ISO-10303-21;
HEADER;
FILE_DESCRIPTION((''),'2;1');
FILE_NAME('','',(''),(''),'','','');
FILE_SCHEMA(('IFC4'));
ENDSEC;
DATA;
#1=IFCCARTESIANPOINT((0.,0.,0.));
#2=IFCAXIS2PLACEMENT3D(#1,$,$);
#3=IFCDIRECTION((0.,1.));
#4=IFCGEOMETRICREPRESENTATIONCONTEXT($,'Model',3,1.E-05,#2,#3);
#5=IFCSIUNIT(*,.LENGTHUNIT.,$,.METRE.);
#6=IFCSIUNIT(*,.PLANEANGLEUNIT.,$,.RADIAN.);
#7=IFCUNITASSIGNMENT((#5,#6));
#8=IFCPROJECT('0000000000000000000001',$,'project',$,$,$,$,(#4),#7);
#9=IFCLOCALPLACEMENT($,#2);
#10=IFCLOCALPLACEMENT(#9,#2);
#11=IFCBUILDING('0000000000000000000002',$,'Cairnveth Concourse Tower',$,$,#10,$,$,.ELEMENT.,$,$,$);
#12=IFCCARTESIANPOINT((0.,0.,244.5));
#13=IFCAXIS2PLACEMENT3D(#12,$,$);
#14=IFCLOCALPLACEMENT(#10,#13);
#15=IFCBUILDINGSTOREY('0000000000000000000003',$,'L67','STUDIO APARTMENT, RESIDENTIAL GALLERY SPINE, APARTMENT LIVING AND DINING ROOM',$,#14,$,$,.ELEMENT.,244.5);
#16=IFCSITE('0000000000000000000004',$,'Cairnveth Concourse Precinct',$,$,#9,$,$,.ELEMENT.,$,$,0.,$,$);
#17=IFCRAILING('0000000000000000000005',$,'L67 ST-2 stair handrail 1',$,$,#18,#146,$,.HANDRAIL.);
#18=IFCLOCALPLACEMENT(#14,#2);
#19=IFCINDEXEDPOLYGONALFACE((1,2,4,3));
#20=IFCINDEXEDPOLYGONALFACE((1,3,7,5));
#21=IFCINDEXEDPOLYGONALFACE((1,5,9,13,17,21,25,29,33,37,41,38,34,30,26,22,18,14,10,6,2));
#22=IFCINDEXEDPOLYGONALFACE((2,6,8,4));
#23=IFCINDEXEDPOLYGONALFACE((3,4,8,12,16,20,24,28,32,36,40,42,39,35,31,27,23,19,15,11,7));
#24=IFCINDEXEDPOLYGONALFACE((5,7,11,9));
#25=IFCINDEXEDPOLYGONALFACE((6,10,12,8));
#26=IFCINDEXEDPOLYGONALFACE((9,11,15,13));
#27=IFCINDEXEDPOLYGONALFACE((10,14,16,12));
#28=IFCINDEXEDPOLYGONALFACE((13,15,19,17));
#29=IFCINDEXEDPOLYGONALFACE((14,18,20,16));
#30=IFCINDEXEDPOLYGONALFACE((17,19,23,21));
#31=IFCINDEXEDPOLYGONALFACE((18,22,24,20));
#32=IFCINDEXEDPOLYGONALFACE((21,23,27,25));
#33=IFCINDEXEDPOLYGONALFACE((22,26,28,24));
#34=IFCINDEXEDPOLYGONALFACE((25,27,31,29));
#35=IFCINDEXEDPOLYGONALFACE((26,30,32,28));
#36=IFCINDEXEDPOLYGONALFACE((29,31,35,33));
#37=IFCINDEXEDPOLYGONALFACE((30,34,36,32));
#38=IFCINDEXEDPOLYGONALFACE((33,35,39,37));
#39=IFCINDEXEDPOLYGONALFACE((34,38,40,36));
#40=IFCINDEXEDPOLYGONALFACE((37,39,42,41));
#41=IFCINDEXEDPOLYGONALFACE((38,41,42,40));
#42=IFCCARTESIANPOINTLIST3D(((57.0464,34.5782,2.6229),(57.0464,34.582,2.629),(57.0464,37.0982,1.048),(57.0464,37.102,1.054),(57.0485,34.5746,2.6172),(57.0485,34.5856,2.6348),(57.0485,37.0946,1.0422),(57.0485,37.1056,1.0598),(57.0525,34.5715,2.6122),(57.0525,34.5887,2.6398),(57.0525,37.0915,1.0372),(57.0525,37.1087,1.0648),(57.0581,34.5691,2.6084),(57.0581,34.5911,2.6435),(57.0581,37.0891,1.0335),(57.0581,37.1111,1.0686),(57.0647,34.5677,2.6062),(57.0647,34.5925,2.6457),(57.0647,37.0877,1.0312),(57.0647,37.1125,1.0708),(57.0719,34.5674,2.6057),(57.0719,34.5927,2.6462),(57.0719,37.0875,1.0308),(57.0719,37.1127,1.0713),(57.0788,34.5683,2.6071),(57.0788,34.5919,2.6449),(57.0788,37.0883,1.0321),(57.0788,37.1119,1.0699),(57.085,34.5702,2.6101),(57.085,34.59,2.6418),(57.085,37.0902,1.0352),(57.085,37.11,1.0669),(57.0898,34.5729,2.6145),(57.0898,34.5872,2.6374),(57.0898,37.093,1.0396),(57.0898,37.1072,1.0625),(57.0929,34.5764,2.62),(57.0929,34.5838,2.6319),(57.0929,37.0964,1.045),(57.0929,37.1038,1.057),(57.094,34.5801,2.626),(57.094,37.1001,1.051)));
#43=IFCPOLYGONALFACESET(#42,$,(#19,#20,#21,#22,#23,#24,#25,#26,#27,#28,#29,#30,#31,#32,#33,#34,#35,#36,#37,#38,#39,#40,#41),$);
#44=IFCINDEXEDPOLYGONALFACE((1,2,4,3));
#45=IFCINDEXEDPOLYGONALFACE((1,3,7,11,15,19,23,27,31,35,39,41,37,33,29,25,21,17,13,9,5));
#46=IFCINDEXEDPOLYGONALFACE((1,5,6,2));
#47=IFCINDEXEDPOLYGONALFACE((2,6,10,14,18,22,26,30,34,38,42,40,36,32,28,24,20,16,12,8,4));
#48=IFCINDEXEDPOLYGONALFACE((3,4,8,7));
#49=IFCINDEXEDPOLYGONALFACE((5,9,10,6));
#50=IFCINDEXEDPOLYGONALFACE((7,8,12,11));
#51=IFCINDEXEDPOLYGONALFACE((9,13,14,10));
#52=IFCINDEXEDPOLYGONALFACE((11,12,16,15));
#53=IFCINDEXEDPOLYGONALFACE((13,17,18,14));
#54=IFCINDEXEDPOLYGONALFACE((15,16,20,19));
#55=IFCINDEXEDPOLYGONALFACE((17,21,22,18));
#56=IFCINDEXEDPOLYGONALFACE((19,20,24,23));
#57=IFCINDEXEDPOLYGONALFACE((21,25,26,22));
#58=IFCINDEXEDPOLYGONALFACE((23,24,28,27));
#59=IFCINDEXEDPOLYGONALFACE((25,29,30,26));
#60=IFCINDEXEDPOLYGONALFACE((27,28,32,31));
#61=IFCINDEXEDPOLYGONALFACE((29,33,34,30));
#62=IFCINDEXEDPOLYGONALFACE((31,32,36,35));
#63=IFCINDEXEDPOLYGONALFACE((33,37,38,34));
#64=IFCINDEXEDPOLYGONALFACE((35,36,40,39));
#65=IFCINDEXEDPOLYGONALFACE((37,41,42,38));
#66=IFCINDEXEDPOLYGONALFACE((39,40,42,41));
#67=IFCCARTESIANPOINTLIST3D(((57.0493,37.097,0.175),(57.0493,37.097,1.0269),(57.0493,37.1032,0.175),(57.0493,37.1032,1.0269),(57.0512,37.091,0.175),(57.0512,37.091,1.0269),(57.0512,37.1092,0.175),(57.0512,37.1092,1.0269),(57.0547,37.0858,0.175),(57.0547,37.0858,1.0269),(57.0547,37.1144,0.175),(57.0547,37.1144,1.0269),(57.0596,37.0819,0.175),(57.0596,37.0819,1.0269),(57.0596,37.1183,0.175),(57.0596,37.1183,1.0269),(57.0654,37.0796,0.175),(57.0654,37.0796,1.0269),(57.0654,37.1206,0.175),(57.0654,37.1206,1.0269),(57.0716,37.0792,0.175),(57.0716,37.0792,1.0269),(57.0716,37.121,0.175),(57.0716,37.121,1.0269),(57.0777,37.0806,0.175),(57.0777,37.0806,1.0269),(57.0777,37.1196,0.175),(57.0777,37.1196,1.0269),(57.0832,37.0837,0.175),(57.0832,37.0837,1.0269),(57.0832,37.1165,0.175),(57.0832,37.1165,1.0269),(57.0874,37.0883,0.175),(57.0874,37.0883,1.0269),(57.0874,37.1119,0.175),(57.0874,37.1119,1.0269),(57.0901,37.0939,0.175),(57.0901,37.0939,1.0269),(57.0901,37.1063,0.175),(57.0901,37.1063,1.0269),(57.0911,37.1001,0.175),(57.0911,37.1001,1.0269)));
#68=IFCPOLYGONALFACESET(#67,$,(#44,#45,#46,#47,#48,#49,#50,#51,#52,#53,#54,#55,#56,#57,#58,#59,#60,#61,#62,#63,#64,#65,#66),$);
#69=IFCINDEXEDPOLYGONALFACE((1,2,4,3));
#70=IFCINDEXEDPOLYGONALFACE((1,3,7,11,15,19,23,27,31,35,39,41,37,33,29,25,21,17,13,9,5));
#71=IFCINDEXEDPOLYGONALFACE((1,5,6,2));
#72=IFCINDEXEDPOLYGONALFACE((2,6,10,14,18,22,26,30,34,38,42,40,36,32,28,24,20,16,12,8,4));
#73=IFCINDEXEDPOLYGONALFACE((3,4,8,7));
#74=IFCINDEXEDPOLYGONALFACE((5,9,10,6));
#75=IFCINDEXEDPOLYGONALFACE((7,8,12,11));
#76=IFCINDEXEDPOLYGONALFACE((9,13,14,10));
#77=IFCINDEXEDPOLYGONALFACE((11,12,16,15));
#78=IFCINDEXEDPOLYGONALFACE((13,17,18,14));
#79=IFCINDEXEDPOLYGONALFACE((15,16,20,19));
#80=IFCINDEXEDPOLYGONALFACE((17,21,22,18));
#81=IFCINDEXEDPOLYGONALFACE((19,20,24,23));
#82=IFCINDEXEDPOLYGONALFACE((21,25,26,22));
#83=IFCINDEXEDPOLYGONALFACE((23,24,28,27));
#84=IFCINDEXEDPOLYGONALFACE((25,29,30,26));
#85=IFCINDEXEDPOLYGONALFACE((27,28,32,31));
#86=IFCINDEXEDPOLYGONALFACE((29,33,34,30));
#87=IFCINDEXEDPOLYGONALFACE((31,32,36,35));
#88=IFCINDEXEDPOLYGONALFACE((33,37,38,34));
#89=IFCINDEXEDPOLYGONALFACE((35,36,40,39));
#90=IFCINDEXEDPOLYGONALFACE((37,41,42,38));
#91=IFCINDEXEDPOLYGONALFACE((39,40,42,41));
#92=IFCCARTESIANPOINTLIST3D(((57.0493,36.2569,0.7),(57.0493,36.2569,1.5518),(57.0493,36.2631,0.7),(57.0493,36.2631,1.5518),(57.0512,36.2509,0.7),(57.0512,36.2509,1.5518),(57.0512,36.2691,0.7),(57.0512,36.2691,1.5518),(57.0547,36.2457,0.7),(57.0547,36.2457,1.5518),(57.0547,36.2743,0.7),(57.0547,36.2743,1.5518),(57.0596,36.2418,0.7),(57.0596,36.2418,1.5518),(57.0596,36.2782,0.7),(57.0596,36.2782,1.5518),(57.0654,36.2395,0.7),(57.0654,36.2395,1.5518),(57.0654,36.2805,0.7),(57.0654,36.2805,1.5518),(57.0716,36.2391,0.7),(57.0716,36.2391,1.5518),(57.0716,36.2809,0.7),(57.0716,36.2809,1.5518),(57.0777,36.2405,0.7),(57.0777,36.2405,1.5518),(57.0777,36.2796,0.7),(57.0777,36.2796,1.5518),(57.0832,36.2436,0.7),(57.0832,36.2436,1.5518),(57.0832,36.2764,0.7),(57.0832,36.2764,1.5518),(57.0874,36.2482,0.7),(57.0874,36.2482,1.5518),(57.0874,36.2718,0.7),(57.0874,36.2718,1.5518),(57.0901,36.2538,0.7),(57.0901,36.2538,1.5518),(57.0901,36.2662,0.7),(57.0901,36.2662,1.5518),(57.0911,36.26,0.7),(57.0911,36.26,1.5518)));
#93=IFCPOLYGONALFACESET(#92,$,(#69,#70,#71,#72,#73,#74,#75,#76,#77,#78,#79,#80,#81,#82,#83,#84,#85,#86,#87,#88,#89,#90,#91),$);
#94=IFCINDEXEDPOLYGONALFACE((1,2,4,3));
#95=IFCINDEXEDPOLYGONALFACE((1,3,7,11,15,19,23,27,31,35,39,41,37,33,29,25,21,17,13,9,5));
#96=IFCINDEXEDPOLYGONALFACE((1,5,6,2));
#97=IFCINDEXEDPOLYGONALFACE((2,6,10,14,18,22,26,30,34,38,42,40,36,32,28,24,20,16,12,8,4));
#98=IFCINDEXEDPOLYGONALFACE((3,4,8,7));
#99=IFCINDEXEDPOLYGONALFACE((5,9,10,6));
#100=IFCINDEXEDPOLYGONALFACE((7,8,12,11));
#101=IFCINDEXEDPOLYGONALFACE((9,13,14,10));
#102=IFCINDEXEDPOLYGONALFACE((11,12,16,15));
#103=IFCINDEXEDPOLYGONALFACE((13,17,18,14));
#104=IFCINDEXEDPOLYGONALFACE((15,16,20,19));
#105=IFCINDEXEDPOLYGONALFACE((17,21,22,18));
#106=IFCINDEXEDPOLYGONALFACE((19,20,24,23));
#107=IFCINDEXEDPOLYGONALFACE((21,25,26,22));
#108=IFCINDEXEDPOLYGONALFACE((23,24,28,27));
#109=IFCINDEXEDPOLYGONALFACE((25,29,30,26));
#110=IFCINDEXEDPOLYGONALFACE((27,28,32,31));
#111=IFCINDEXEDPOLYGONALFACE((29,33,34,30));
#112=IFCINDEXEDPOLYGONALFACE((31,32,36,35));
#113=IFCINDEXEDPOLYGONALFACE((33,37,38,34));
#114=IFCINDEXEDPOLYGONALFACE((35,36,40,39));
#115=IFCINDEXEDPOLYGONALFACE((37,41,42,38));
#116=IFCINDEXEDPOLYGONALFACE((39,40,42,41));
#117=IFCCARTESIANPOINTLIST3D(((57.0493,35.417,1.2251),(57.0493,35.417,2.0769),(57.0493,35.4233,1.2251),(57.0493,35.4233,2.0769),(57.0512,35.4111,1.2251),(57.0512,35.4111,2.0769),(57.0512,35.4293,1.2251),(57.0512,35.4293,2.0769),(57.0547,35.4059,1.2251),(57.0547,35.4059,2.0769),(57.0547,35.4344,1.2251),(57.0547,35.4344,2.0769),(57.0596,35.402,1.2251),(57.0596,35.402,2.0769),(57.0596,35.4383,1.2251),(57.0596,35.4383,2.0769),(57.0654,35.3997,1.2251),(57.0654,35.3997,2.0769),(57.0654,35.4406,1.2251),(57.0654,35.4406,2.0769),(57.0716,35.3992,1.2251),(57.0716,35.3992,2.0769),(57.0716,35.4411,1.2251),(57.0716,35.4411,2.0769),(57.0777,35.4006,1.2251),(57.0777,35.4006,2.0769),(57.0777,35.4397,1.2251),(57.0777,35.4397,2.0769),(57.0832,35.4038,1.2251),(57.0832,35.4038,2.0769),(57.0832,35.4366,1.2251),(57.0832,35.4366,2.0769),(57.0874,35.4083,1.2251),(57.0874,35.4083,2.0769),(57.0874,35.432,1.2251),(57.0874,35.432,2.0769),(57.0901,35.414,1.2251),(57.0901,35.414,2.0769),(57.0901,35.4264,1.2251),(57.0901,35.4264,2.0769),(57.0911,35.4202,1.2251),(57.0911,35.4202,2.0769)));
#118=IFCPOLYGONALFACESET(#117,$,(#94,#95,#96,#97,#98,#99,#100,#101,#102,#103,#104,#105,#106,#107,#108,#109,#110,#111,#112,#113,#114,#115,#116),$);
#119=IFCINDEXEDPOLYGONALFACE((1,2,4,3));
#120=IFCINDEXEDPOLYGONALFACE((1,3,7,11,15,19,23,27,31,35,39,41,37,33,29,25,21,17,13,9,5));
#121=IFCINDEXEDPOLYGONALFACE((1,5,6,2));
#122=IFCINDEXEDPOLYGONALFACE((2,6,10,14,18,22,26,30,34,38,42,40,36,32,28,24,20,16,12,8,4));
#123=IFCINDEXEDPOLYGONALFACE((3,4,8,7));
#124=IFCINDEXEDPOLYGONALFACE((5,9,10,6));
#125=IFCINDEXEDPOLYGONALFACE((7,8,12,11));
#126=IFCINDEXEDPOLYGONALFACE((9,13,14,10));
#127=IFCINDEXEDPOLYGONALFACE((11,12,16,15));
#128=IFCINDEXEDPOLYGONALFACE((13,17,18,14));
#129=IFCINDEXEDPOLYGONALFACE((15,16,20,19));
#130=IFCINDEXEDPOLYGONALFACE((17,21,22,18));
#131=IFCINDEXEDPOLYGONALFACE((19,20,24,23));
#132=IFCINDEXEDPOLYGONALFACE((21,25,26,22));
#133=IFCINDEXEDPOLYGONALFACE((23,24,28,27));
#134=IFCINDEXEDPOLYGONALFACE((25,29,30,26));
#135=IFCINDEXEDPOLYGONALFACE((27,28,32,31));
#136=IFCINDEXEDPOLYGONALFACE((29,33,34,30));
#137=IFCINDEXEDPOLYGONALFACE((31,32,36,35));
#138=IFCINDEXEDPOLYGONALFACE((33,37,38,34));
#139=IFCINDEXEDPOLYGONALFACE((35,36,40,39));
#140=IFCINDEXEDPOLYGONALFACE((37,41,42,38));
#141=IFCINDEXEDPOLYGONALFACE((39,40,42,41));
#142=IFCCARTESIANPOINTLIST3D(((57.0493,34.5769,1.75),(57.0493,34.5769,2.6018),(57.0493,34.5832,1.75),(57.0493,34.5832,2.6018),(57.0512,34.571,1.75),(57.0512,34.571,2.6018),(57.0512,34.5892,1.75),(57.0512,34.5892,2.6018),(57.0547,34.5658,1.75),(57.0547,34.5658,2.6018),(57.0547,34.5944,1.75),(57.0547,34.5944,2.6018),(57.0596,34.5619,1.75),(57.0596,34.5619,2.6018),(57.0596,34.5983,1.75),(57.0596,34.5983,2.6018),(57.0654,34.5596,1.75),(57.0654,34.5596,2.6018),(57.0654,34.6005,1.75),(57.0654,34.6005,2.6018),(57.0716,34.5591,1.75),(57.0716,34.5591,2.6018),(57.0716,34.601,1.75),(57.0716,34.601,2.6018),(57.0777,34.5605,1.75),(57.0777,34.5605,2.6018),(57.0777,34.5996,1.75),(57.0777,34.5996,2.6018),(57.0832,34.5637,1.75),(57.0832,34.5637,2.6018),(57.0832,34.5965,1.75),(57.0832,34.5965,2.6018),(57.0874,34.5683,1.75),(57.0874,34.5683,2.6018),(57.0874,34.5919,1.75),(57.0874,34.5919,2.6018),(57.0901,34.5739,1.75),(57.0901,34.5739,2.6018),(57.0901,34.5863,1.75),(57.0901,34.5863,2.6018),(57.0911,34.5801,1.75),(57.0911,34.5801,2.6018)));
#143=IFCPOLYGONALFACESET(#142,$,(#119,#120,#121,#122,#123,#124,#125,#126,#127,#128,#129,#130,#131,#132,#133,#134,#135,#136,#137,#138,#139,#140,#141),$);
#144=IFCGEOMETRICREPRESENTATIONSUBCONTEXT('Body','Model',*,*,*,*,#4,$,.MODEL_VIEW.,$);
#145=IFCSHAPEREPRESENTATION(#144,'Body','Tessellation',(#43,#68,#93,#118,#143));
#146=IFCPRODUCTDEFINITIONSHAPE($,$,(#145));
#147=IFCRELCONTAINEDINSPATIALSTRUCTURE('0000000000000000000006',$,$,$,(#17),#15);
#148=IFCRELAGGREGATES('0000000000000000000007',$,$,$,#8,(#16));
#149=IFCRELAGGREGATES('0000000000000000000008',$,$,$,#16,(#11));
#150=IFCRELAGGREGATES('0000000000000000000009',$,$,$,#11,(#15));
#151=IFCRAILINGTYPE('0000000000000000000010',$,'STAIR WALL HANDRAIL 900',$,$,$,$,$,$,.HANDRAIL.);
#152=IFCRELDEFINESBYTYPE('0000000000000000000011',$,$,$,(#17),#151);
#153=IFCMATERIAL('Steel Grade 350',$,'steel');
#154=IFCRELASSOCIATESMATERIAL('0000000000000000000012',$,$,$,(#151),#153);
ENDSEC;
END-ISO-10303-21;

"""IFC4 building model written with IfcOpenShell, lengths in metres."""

from ifc_helpers import new_model, si_unit, direction, frame, origin, origin_2d, place, context, subcontext, project, spatial, circle, extrude, material, type_object, element, save


model = new_model("IFC4")

# Units and contexts
model_context = context("Model", 3, precision=1e-05, world=origin(), true_north=direction((0.0, 1.0)))
body_context = subcontext(model_context, "Body", "Model", "MODEL_VIEW")
ifc_project = project(units=[si_unit("LENGTHUNIT", "METRE"), si_unit("PLANEANGLEUNIT", "RADIAN")], contexts=[model_context])

# Site, building, storey
site_placement = place(None, origin())
site = spatial("IfcSite", under=ifc_project, at=site_placement, Name="Cairnveth Concourse Precinct", CompositionType="ELEMENT", RefElevation=0.0)
building_placement = place(site_placement, origin())
building = spatial("IfcBuilding", under=site, at=building_placement, Name="Cairnveth Concourse Tower", CompositionType="ELEMENT")
storey_placement = place(building_placement, frame((0.0, 0.0, 244.5)))
storey = spatial("IfcBuildingStorey", under=building, at=storey_placement, Name="L67", Description="STUDIO APARTMENT, RESIDENTIAL GALLERY SPINE, APARTMENT LIVING AND DINING ROOM", CompositionType="ELEMENT", Elevation=244.5)

# Shared definitions
ifc_material_1 = material(Name="Steel Grade 350", Category="steel")

# Railing
railing_type_1 = type_object("IfcRailingType", Name="STAIR WALL HANDRAIL 900", PredefinedType="HANDRAIL", material=ifc_material_1)
railing_1_placement = place(storey_placement, frame((57.0701, 37.1001, 0.175)))
element("IfcRailing", 1, at=railing_1_placement, inside=storey, type_object=railing_type_1, Name="L67 ST-2 stair handrail 1", PredefinedType="HANDRAIL", context=body_context, shape_type="SweptSolid", body=[
    extrude(circle(Radius=0.0239, at=origin_2d()), frame((0.0, 0.0, 0.876), z_axis=(0.0, -0.848008, 0.529984), x_axis=(1.0, 0.0, 0.0)), (0.0, 0.0, 1.0), 2.9717),
    extrude(circle(Radius=0.021, at=origin_2d()), origin(), (0.0, 0.0, 1.0), 0.8518),
    extrude(circle(Radius=0.021, at=origin_2d()), frame((0.0, -0.8401, 0.5249)), (0.0, 0.0, 1.0), 0.8518),
    extrude(circle(Radius=0.021, at=origin_2d()), frame((0.0, -1.6799, 1.05)), (0.0, 0.0, 1.0), 0.8518),
    extrude(circle(Radius=0.021, at=origin_2d()), frame((0.0, -2.52, 1.575)), (0.0, 0.0, 1.0), 0.8518),
])

save(model, "model.ifc")
